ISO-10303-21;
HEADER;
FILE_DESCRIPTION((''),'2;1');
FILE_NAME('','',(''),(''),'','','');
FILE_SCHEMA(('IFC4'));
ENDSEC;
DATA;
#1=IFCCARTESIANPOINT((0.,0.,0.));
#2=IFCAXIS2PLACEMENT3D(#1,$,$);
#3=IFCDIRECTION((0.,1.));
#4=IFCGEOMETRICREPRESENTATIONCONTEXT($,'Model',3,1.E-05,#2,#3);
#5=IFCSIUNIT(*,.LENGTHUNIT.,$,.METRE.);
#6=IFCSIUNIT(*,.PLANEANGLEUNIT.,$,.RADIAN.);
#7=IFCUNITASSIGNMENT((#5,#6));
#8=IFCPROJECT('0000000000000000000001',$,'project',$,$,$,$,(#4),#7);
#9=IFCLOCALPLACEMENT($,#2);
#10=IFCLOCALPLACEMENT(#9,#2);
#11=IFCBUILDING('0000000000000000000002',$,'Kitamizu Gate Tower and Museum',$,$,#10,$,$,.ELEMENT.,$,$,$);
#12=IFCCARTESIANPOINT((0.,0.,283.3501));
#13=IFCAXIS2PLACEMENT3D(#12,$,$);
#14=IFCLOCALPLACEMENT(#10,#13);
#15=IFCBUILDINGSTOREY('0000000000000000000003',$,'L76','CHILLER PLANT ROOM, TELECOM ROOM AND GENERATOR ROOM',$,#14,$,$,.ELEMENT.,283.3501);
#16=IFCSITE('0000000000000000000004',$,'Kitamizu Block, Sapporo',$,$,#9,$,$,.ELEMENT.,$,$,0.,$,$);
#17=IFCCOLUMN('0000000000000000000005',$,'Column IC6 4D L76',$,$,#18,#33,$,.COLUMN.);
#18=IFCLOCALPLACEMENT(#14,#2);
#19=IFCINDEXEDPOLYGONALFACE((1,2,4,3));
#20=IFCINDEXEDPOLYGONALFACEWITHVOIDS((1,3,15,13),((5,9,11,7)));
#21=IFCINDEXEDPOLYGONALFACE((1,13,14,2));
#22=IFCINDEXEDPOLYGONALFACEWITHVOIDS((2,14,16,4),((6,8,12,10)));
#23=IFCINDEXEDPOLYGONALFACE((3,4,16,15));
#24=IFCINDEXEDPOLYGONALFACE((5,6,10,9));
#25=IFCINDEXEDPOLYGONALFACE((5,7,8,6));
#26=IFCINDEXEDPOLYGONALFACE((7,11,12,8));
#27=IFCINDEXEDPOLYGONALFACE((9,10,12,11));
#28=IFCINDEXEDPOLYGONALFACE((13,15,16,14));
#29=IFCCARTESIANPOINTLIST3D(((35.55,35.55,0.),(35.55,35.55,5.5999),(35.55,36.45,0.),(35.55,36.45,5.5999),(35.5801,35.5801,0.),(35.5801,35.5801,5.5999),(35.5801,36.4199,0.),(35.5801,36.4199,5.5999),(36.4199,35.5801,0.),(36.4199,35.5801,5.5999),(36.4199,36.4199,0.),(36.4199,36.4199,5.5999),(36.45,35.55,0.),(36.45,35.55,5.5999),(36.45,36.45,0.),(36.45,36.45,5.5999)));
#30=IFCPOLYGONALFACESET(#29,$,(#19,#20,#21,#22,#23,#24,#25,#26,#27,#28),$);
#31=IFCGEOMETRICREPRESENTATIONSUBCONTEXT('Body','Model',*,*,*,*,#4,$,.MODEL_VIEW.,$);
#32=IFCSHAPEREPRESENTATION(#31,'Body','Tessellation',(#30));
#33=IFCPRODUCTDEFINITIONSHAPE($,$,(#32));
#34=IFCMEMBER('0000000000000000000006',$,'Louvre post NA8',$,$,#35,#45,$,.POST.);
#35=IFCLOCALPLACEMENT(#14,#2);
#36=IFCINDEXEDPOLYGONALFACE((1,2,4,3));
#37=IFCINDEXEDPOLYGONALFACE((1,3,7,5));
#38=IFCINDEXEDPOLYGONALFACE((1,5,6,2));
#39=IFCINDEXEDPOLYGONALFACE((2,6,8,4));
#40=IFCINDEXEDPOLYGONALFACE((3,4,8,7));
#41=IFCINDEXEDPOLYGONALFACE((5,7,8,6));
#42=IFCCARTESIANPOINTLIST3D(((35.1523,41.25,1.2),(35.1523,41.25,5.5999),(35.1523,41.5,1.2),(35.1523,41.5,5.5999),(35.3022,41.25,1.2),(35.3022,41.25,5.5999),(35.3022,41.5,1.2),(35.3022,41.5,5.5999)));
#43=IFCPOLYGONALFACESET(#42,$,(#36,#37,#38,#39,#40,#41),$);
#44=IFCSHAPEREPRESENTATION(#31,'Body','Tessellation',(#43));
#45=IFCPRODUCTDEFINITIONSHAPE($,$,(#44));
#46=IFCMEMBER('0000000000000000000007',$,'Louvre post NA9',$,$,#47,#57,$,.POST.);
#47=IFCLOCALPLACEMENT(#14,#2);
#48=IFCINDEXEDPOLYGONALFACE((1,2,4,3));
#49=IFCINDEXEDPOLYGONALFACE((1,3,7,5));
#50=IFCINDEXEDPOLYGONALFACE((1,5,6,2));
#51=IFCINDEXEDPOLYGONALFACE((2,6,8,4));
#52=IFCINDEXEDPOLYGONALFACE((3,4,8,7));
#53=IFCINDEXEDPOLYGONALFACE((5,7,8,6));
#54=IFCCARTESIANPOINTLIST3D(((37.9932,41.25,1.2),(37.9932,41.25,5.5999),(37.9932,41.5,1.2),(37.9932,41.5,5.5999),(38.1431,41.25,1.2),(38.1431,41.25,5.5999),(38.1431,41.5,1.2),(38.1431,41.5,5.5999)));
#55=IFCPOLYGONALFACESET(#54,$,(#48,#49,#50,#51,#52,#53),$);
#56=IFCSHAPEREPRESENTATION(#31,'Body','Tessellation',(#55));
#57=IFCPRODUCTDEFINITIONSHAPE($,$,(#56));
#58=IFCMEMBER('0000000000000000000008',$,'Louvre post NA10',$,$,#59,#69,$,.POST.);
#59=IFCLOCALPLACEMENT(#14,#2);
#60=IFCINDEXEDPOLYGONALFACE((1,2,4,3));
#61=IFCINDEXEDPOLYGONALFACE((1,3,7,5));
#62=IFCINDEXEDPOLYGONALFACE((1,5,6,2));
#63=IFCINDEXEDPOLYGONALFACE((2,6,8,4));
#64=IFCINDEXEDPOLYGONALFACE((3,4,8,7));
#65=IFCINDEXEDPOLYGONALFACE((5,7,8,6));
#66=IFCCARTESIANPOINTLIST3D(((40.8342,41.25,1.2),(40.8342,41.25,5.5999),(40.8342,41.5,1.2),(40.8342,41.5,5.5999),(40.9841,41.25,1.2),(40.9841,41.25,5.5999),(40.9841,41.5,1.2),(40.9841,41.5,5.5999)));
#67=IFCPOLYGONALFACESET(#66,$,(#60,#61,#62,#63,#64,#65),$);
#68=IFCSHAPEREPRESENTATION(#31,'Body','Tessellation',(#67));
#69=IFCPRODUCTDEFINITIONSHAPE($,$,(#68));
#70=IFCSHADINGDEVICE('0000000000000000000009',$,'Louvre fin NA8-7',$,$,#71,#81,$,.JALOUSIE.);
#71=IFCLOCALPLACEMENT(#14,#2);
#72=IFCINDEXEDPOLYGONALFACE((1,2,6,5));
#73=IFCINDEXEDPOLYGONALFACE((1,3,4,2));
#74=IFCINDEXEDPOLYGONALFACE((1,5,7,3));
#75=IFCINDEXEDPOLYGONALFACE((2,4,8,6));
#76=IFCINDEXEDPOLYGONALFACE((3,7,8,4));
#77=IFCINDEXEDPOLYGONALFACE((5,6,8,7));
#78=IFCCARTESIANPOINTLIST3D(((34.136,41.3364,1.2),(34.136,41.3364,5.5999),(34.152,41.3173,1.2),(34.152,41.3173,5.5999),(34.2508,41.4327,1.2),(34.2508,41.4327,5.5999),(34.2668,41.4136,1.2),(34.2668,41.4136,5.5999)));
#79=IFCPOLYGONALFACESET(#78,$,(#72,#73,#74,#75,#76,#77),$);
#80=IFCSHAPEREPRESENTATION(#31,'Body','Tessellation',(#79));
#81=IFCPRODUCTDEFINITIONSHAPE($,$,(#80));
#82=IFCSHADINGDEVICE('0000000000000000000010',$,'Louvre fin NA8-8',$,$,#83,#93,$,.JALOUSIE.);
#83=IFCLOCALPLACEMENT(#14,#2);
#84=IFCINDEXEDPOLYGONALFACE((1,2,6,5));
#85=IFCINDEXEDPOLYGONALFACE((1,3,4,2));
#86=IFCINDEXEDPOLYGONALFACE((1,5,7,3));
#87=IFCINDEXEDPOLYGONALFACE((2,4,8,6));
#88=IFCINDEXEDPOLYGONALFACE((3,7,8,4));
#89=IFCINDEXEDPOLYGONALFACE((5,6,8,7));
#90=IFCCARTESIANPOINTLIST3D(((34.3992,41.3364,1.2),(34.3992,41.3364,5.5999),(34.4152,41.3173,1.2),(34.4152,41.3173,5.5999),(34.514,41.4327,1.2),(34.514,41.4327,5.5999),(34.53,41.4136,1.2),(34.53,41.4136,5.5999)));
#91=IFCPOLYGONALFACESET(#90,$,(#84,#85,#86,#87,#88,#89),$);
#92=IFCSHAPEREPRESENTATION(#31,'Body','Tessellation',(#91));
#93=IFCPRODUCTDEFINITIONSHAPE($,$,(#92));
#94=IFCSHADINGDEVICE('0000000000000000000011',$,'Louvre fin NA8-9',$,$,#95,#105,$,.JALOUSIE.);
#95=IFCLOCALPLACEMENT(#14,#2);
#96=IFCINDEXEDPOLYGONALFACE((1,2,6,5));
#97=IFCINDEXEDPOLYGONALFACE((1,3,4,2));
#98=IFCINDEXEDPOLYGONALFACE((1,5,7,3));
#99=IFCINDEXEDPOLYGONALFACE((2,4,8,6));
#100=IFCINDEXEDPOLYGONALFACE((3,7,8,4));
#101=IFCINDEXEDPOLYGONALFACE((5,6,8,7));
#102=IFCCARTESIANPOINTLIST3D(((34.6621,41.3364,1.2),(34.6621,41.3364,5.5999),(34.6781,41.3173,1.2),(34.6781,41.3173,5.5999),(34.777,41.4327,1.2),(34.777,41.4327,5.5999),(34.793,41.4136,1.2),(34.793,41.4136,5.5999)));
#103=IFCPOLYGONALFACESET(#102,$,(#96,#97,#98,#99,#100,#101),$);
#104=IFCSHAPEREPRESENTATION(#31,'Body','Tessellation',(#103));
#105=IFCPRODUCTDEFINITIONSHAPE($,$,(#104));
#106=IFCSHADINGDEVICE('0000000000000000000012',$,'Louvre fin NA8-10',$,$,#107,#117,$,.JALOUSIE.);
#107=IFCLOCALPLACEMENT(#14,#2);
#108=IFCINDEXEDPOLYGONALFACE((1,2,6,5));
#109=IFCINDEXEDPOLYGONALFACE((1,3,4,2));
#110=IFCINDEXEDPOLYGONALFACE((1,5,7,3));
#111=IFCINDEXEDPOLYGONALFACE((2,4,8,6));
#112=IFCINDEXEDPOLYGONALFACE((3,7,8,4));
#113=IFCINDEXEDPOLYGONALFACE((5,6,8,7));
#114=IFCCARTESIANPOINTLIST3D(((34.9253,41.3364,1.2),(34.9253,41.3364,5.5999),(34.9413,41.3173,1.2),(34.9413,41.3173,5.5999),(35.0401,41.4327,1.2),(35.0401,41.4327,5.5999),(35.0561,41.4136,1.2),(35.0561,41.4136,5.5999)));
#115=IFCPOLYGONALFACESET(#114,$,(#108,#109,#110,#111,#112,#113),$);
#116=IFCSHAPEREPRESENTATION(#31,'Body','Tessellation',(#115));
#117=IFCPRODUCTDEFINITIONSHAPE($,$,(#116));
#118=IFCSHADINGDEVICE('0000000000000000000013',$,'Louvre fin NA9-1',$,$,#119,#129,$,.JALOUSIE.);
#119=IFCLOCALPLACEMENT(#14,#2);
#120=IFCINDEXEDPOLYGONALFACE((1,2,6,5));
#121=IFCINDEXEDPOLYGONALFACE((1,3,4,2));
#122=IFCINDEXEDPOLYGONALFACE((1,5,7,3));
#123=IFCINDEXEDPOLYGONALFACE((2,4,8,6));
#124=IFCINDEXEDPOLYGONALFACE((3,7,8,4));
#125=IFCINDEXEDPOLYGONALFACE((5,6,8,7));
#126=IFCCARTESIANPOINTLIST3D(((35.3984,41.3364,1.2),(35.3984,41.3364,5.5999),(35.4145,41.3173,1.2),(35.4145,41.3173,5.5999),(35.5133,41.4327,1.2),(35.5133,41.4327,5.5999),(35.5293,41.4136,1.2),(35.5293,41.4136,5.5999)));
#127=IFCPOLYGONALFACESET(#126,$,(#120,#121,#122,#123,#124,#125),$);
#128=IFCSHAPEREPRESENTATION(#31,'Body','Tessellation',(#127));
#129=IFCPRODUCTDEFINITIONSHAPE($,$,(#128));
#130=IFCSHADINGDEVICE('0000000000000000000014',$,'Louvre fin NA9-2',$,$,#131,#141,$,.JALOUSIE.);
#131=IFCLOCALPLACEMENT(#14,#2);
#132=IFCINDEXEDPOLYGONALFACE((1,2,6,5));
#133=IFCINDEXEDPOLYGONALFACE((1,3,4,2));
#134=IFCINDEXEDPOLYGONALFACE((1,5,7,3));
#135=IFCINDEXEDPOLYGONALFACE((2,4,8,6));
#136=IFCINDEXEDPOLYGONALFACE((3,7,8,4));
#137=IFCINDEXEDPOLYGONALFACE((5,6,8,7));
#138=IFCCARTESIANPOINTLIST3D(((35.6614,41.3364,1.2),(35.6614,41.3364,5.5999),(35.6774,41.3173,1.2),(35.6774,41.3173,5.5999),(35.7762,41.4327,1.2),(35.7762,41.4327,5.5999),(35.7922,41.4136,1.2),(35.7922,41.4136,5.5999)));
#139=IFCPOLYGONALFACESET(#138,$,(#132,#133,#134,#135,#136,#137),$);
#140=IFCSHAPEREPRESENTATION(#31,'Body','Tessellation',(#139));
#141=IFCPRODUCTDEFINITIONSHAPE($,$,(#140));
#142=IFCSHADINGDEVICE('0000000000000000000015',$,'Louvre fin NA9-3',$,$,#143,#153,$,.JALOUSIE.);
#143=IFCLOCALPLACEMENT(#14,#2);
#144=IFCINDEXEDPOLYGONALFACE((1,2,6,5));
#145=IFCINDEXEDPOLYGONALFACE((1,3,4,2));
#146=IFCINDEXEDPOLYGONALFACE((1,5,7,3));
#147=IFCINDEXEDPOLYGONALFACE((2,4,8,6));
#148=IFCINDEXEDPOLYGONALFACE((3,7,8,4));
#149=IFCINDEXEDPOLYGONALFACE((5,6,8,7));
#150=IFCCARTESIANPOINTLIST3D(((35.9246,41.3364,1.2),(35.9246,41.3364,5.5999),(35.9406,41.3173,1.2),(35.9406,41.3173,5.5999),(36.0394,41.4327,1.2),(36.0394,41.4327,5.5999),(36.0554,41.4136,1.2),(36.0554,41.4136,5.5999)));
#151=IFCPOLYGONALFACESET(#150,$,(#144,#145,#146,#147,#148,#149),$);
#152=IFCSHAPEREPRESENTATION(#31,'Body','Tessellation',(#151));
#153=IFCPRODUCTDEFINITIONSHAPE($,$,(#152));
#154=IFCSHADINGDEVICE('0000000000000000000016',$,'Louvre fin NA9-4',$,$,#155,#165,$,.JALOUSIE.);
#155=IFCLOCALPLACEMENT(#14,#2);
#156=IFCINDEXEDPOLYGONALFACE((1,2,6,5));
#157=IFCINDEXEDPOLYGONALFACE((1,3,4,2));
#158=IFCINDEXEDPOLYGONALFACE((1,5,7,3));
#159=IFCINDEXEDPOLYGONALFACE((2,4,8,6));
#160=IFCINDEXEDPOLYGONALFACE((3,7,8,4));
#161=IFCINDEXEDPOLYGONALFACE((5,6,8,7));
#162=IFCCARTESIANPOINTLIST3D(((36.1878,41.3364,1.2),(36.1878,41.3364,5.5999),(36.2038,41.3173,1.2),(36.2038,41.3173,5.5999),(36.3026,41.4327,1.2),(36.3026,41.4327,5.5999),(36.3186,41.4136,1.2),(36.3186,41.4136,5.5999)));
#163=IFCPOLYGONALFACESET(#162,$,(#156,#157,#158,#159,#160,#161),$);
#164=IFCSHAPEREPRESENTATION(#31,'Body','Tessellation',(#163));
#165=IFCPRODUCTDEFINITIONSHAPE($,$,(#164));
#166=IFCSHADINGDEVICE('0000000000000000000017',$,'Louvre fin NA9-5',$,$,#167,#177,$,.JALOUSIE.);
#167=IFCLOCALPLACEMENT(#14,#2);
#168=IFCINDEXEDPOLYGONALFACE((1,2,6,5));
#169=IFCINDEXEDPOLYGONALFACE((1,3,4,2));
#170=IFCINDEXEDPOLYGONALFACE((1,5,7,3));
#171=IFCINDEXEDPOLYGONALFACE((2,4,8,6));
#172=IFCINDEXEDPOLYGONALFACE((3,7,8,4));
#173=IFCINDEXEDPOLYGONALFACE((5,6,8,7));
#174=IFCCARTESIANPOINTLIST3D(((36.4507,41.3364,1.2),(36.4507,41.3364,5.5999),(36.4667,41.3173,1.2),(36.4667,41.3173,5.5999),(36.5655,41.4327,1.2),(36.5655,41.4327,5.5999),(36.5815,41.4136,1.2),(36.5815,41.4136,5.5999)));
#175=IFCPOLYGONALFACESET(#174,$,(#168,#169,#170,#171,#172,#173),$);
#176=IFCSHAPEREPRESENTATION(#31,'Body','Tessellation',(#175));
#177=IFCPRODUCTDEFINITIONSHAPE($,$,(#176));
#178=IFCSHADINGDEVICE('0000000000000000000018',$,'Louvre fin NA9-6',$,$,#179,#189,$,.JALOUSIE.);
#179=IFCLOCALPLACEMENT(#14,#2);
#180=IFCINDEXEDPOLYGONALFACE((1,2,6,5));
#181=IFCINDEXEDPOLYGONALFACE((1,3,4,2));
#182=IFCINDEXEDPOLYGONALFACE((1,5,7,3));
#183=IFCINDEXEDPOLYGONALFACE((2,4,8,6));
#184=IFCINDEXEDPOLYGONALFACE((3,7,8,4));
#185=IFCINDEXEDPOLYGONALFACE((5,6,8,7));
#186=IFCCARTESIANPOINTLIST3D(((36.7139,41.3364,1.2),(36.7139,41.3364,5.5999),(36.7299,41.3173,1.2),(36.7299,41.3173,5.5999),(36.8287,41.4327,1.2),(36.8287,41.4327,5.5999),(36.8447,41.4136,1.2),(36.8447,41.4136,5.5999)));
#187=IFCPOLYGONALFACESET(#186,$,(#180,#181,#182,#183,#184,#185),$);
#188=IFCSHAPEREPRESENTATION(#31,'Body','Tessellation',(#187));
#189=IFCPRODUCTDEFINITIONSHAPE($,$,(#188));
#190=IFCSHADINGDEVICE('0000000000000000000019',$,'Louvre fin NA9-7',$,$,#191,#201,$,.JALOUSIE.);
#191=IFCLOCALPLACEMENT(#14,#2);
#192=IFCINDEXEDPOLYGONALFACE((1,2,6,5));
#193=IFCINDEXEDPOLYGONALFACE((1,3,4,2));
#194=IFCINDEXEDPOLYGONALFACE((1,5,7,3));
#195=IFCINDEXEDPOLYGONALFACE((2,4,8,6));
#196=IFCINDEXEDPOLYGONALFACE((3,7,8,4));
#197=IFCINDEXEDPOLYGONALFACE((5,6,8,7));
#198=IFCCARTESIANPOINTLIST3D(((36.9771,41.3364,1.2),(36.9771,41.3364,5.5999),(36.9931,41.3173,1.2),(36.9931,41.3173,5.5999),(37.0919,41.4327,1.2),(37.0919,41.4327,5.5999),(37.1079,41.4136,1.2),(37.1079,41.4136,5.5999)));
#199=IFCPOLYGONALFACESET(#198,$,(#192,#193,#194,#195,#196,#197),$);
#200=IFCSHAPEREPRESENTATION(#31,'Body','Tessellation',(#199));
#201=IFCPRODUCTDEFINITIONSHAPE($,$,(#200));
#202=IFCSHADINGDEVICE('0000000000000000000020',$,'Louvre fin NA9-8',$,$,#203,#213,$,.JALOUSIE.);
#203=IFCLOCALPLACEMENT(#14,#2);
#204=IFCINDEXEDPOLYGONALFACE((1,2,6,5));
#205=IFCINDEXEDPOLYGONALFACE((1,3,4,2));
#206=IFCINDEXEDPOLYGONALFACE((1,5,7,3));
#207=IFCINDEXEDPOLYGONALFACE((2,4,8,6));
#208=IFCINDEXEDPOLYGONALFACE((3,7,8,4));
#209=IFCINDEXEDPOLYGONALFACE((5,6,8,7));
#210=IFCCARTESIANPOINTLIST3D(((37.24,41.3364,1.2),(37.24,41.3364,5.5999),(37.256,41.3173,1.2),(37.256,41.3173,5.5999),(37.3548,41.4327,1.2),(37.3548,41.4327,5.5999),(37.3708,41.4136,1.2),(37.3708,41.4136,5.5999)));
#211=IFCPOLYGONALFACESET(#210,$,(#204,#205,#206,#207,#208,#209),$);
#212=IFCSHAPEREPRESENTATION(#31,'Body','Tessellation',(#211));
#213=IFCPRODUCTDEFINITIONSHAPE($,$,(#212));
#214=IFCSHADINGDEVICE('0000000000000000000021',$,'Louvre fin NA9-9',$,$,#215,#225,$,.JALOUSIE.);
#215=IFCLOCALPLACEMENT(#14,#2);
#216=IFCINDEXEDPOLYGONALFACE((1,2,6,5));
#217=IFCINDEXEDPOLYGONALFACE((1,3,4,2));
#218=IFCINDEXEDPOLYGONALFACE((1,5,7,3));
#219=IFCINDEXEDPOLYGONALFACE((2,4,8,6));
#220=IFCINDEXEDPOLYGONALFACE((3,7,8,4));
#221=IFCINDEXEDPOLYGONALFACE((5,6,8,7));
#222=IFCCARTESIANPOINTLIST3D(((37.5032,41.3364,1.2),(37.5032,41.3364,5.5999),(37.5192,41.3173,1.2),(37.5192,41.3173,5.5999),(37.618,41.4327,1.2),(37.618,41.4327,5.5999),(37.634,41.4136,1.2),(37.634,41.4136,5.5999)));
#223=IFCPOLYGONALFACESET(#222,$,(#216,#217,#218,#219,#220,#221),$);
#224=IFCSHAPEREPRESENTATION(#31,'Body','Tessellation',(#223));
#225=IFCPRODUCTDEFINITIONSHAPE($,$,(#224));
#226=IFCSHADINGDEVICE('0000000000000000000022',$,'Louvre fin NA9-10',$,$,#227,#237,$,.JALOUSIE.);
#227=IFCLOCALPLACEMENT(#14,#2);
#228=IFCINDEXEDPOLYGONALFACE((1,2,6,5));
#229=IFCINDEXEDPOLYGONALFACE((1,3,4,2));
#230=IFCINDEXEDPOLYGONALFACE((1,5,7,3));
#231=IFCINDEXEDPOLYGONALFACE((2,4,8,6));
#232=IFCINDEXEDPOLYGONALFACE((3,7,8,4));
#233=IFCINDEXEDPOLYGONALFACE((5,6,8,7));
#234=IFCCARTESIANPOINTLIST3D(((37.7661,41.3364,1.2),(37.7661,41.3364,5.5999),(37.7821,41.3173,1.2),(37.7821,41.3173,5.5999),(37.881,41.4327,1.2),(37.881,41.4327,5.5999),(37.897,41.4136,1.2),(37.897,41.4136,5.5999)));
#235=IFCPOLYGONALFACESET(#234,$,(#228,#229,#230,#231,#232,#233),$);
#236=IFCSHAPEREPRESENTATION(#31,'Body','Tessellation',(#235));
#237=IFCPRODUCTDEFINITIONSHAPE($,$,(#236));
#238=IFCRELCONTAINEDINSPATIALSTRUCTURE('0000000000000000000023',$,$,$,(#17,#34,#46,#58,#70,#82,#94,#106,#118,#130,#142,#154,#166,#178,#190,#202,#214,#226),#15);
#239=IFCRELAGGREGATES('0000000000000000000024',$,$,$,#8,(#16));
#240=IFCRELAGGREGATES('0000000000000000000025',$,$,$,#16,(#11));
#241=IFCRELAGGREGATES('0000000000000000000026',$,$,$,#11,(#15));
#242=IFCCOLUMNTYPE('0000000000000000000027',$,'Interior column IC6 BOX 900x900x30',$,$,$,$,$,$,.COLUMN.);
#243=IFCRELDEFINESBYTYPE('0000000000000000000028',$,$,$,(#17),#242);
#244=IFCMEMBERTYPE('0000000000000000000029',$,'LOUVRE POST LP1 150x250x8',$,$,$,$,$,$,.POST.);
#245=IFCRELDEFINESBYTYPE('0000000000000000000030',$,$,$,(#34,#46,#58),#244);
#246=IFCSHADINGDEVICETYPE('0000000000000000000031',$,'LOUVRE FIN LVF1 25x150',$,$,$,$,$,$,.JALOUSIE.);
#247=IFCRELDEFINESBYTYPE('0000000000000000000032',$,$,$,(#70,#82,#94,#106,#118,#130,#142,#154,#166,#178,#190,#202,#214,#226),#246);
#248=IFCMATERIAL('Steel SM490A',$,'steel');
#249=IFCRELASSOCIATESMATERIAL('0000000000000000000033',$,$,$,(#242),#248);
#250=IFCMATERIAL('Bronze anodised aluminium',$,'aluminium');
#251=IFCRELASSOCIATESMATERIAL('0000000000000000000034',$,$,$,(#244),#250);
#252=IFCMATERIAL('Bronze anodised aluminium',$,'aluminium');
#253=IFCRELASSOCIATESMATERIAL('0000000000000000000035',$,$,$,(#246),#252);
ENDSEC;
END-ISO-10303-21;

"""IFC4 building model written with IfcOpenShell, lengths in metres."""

from ifc_helpers import new_model, si_unit, direction, frame, origin, origin_2d, place, context, subcontext, project, spatial, rectangle, hollow_rectangle, extrude, material, material_profile, profile_set, type_object, element, save


model = new_model("IFC4")

# Units and contexts
model_context = context("Model", 3, precision=1e-05, world=origin(), true_north=direction((0.0, 1.0)))
body_context = subcontext(model_context, "Body", "Model", "MODEL_VIEW")
ifc_project = project(units=[si_unit("LENGTHUNIT", "METRE"), si_unit("PLANEANGLEUNIT", "RADIAN")], contexts=[model_context])

# Site, building, storey
site_placement = place(None, origin())
site = spatial("IfcSite", under=ifc_project, at=site_placement, Name="Kitamizu Block, Sapporo", CompositionType="ELEMENT", RefElevation=0.0)
building_placement = place(site_placement, origin())
building = spatial("IfcBuilding", under=site, at=building_placement, Name="Kitamizu Gate Tower and Museum", CompositionType="ELEMENT")
storey_placement = place(building_placement, frame((0.0, 0.0, 283.3501)))
storey = spatial("IfcBuildingStorey", under=building, at=storey_placement, Name="L76", Description="CHILLER PLANT ROOM, TELECOM ROOM AND GENERATOR ROOM", CompositionType="ELEMENT", Elevation=283.3501)

# Column
ifc_material_1 = material(Name="Steel SM490A", Category="steel")
ifc_material_profile_1 = material_profile(ifc_material_1, hollow_rectangle(XDim=0.8999, YDim=0.8999, WallThickness=0.03, at=origin_2d()), Name="BOX 900x900x30")
ifc_profile_set_1 = profile_set([ifc_material_profile_1], Name="Steel SM490A")
column_type = type_object("IfcColumnType", Name="Interior column IC6 BOX 900x900x30", PredefinedType="COLUMN", material=ifc_profile_set_1)
column_placement = place(storey_placement, frame((36.0, 36.0, 0.0), z_axis=(0.0, 0.0, 1.0), x_axis=(1.0, 0.0, 0.0)))
element("IfcColumn", 1, at=column_placement, inside=storey, type_object=column_type, Name="Column IC6 4D L76", PredefinedType="COLUMN", context=body_context, shape_type="SweptSolid", body=[
    extrude(hollow_rectangle(XDim=0.8999, YDim=0.8999, WallThickness=0.03, at=origin_2d()), origin(), (0.0, 0.0, 1.0), 5.5999),
])

# Members
ifc_material_2 = material(Name="Bronze anodised aluminium", Category="aluminium")
ifc_material_profile_2 = material_profile(ifc_material_2, rectangle(XDim=0.1499, YDim=0.25, at=origin_2d()), Name="AL 150x250")
ifc_profile_set_2 = profile_set([ifc_material_profile_2], Name="Bronze anodised aluminium")
member_type = type_object("IfcMemberType", Name="LOUVRE POST LP1 150x250x8", PredefinedType="POST", material=ifc_profile_set_2)
for number, where, z_axis, x_axis, name in (
    (2, (35.2273, 41.375, 1.2), (0.0, 0.0, 1.0), (1.0, 0.0, 0.0), "Louvre post NA8"),
    (3, (38.0681, 41.375, 1.2), (0.0, 0.0, 1.0), (1.0, 0.0, 0.0), "Louvre post NA9"),
    (4, (40.9092, 41.375, 1.2), (0.0, 0.0, 1.0), (1.0, 0.0, 0.0), "Louvre post NA10"),
):
    element("IfcMember", number, at=place(storey_placement, frame(where, z_axis=z_axis, x_axis=x_axis)), inside=storey, type_object=member_type, Name=name, PredefinedType="POST", context=body_context, shape_type="SweptSolid", body=[
        extrude(rectangle(XDim=0.1499, YDim=0.25, at=origin_2d()), origin(), (0.0, 0.0, 1.0), 4.3999),
    ])

# Shading devices
ifc_material_3 = material(Name="Bronze anodised aluminium", Category="aluminium")
ifc_material_profile_3 = material_profile(ifc_material_3, rectangle(XDim=0.1499, YDim=0.0249, at=origin_2d()), Name="AL 25x150")
ifc_profile_set_3 = profile_set([ifc_material_profile_3], Name="Bronze anodised aluminium")
shading_device_type = type_object("IfcShadingDeviceType", Name="LOUVRE FIN LVF1 25x150", PredefinedType="JALOUSIE", material=ifc_profile_set_3)
for number, where, z_axis, x_axis, name in (
    (5, (34.2014, 41.375, 1.2), (0.0, 0.0, 1.0), (0.766044, 0.642788, 0.0), "Louvre fin NA8-7"),
    (6, (34.4646, 41.375, 1.2), (0.0, 0.0, 1.0), (0.766044, 0.642788, 0.0), "Louvre fin NA8-8"),
    (7, (34.7275, 41.375, 1.2), (0.0, 0.0, 1.0), (0.766044, 0.642788, 0.0), "Louvre fin NA8-9"),
    (8, (34.9907, 41.375, 1.2), (0.0, 0.0, 1.0), (0.766044, 0.642788, 0.0), "Louvre fin NA8-10"),
    (9, (35.4639, 41.375, 1.2), (0.0, 0.0, 1.0), (0.766044, 0.642788, 0.0), "Louvre fin NA9-1"),
    (10, (35.7268, 41.375, 1.2), (0.0, 0.0, 1.0), (0.766044, 0.642788, 0.0), "Louvre fin NA9-2"),
    (11, (35.99, 41.375, 1.2), (0.0, 0.0, 1.0), (0.766044, 0.642788, 0.0), "Louvre fin NA9-3"),
    (12, (36.2532, 41.375, 1.2), (0.0, 0.0, 1.0), (0.766044, 0.642788, 0.0), "Louvre fin NA9-4"),
    (13, (36.5161, 41.375, 1.2), (0.0, 0.0, 1.0), (0.766044, 0.642788, 0.0), "Louvre fin NA9-5"),
    (14, (36.7793, 41.375, 1.2), (0.0, 0.0, 1.0), (0.766044, 0.642788, 0.0), "Louvre fin NA9-6"),
    (15, (37.0425, 41.375, 1.2), (0.0, 0.0, 1.0), (0.766044, 0.642788, 0.0), "Louvre fin NA9-7"),
    (16, (37.3054, 41.375, 1.2), (0.0, 0.0, 1.0), (0.766044, 0.642788, 0.0), "Louvre fin NA9-8"),
    (17, (37.5686, 41.375, 1.2), (0.0, 0.0, 1.0), (0.766044, 0.642788, 0.0), "Louvre fin NA9-9"),
    (18, (37.8315, 41.375, 1.2), (0.0, 0.0, 1.0), (0.766044, 0.642788, 0.0), "Louvre fin NA9-10"),
):
    element("IfcShadingDevice", number, at=place(storey_placement, frame(where, z_axis=z_axis, x_axis=x_axis)), inside=storey, type_object=shading_device_type, Name=name, PredefinedType="JALOUSIE", context=body_context, shape_type="SweptSolid", body=[
        extrude(rectangle(XDim=0.1499, YDim=0.0249, at=origin_2d()), origin(), (0.0, 0.0, 1.0), 4.3999),
    ])

save(model, "model.ifc")
